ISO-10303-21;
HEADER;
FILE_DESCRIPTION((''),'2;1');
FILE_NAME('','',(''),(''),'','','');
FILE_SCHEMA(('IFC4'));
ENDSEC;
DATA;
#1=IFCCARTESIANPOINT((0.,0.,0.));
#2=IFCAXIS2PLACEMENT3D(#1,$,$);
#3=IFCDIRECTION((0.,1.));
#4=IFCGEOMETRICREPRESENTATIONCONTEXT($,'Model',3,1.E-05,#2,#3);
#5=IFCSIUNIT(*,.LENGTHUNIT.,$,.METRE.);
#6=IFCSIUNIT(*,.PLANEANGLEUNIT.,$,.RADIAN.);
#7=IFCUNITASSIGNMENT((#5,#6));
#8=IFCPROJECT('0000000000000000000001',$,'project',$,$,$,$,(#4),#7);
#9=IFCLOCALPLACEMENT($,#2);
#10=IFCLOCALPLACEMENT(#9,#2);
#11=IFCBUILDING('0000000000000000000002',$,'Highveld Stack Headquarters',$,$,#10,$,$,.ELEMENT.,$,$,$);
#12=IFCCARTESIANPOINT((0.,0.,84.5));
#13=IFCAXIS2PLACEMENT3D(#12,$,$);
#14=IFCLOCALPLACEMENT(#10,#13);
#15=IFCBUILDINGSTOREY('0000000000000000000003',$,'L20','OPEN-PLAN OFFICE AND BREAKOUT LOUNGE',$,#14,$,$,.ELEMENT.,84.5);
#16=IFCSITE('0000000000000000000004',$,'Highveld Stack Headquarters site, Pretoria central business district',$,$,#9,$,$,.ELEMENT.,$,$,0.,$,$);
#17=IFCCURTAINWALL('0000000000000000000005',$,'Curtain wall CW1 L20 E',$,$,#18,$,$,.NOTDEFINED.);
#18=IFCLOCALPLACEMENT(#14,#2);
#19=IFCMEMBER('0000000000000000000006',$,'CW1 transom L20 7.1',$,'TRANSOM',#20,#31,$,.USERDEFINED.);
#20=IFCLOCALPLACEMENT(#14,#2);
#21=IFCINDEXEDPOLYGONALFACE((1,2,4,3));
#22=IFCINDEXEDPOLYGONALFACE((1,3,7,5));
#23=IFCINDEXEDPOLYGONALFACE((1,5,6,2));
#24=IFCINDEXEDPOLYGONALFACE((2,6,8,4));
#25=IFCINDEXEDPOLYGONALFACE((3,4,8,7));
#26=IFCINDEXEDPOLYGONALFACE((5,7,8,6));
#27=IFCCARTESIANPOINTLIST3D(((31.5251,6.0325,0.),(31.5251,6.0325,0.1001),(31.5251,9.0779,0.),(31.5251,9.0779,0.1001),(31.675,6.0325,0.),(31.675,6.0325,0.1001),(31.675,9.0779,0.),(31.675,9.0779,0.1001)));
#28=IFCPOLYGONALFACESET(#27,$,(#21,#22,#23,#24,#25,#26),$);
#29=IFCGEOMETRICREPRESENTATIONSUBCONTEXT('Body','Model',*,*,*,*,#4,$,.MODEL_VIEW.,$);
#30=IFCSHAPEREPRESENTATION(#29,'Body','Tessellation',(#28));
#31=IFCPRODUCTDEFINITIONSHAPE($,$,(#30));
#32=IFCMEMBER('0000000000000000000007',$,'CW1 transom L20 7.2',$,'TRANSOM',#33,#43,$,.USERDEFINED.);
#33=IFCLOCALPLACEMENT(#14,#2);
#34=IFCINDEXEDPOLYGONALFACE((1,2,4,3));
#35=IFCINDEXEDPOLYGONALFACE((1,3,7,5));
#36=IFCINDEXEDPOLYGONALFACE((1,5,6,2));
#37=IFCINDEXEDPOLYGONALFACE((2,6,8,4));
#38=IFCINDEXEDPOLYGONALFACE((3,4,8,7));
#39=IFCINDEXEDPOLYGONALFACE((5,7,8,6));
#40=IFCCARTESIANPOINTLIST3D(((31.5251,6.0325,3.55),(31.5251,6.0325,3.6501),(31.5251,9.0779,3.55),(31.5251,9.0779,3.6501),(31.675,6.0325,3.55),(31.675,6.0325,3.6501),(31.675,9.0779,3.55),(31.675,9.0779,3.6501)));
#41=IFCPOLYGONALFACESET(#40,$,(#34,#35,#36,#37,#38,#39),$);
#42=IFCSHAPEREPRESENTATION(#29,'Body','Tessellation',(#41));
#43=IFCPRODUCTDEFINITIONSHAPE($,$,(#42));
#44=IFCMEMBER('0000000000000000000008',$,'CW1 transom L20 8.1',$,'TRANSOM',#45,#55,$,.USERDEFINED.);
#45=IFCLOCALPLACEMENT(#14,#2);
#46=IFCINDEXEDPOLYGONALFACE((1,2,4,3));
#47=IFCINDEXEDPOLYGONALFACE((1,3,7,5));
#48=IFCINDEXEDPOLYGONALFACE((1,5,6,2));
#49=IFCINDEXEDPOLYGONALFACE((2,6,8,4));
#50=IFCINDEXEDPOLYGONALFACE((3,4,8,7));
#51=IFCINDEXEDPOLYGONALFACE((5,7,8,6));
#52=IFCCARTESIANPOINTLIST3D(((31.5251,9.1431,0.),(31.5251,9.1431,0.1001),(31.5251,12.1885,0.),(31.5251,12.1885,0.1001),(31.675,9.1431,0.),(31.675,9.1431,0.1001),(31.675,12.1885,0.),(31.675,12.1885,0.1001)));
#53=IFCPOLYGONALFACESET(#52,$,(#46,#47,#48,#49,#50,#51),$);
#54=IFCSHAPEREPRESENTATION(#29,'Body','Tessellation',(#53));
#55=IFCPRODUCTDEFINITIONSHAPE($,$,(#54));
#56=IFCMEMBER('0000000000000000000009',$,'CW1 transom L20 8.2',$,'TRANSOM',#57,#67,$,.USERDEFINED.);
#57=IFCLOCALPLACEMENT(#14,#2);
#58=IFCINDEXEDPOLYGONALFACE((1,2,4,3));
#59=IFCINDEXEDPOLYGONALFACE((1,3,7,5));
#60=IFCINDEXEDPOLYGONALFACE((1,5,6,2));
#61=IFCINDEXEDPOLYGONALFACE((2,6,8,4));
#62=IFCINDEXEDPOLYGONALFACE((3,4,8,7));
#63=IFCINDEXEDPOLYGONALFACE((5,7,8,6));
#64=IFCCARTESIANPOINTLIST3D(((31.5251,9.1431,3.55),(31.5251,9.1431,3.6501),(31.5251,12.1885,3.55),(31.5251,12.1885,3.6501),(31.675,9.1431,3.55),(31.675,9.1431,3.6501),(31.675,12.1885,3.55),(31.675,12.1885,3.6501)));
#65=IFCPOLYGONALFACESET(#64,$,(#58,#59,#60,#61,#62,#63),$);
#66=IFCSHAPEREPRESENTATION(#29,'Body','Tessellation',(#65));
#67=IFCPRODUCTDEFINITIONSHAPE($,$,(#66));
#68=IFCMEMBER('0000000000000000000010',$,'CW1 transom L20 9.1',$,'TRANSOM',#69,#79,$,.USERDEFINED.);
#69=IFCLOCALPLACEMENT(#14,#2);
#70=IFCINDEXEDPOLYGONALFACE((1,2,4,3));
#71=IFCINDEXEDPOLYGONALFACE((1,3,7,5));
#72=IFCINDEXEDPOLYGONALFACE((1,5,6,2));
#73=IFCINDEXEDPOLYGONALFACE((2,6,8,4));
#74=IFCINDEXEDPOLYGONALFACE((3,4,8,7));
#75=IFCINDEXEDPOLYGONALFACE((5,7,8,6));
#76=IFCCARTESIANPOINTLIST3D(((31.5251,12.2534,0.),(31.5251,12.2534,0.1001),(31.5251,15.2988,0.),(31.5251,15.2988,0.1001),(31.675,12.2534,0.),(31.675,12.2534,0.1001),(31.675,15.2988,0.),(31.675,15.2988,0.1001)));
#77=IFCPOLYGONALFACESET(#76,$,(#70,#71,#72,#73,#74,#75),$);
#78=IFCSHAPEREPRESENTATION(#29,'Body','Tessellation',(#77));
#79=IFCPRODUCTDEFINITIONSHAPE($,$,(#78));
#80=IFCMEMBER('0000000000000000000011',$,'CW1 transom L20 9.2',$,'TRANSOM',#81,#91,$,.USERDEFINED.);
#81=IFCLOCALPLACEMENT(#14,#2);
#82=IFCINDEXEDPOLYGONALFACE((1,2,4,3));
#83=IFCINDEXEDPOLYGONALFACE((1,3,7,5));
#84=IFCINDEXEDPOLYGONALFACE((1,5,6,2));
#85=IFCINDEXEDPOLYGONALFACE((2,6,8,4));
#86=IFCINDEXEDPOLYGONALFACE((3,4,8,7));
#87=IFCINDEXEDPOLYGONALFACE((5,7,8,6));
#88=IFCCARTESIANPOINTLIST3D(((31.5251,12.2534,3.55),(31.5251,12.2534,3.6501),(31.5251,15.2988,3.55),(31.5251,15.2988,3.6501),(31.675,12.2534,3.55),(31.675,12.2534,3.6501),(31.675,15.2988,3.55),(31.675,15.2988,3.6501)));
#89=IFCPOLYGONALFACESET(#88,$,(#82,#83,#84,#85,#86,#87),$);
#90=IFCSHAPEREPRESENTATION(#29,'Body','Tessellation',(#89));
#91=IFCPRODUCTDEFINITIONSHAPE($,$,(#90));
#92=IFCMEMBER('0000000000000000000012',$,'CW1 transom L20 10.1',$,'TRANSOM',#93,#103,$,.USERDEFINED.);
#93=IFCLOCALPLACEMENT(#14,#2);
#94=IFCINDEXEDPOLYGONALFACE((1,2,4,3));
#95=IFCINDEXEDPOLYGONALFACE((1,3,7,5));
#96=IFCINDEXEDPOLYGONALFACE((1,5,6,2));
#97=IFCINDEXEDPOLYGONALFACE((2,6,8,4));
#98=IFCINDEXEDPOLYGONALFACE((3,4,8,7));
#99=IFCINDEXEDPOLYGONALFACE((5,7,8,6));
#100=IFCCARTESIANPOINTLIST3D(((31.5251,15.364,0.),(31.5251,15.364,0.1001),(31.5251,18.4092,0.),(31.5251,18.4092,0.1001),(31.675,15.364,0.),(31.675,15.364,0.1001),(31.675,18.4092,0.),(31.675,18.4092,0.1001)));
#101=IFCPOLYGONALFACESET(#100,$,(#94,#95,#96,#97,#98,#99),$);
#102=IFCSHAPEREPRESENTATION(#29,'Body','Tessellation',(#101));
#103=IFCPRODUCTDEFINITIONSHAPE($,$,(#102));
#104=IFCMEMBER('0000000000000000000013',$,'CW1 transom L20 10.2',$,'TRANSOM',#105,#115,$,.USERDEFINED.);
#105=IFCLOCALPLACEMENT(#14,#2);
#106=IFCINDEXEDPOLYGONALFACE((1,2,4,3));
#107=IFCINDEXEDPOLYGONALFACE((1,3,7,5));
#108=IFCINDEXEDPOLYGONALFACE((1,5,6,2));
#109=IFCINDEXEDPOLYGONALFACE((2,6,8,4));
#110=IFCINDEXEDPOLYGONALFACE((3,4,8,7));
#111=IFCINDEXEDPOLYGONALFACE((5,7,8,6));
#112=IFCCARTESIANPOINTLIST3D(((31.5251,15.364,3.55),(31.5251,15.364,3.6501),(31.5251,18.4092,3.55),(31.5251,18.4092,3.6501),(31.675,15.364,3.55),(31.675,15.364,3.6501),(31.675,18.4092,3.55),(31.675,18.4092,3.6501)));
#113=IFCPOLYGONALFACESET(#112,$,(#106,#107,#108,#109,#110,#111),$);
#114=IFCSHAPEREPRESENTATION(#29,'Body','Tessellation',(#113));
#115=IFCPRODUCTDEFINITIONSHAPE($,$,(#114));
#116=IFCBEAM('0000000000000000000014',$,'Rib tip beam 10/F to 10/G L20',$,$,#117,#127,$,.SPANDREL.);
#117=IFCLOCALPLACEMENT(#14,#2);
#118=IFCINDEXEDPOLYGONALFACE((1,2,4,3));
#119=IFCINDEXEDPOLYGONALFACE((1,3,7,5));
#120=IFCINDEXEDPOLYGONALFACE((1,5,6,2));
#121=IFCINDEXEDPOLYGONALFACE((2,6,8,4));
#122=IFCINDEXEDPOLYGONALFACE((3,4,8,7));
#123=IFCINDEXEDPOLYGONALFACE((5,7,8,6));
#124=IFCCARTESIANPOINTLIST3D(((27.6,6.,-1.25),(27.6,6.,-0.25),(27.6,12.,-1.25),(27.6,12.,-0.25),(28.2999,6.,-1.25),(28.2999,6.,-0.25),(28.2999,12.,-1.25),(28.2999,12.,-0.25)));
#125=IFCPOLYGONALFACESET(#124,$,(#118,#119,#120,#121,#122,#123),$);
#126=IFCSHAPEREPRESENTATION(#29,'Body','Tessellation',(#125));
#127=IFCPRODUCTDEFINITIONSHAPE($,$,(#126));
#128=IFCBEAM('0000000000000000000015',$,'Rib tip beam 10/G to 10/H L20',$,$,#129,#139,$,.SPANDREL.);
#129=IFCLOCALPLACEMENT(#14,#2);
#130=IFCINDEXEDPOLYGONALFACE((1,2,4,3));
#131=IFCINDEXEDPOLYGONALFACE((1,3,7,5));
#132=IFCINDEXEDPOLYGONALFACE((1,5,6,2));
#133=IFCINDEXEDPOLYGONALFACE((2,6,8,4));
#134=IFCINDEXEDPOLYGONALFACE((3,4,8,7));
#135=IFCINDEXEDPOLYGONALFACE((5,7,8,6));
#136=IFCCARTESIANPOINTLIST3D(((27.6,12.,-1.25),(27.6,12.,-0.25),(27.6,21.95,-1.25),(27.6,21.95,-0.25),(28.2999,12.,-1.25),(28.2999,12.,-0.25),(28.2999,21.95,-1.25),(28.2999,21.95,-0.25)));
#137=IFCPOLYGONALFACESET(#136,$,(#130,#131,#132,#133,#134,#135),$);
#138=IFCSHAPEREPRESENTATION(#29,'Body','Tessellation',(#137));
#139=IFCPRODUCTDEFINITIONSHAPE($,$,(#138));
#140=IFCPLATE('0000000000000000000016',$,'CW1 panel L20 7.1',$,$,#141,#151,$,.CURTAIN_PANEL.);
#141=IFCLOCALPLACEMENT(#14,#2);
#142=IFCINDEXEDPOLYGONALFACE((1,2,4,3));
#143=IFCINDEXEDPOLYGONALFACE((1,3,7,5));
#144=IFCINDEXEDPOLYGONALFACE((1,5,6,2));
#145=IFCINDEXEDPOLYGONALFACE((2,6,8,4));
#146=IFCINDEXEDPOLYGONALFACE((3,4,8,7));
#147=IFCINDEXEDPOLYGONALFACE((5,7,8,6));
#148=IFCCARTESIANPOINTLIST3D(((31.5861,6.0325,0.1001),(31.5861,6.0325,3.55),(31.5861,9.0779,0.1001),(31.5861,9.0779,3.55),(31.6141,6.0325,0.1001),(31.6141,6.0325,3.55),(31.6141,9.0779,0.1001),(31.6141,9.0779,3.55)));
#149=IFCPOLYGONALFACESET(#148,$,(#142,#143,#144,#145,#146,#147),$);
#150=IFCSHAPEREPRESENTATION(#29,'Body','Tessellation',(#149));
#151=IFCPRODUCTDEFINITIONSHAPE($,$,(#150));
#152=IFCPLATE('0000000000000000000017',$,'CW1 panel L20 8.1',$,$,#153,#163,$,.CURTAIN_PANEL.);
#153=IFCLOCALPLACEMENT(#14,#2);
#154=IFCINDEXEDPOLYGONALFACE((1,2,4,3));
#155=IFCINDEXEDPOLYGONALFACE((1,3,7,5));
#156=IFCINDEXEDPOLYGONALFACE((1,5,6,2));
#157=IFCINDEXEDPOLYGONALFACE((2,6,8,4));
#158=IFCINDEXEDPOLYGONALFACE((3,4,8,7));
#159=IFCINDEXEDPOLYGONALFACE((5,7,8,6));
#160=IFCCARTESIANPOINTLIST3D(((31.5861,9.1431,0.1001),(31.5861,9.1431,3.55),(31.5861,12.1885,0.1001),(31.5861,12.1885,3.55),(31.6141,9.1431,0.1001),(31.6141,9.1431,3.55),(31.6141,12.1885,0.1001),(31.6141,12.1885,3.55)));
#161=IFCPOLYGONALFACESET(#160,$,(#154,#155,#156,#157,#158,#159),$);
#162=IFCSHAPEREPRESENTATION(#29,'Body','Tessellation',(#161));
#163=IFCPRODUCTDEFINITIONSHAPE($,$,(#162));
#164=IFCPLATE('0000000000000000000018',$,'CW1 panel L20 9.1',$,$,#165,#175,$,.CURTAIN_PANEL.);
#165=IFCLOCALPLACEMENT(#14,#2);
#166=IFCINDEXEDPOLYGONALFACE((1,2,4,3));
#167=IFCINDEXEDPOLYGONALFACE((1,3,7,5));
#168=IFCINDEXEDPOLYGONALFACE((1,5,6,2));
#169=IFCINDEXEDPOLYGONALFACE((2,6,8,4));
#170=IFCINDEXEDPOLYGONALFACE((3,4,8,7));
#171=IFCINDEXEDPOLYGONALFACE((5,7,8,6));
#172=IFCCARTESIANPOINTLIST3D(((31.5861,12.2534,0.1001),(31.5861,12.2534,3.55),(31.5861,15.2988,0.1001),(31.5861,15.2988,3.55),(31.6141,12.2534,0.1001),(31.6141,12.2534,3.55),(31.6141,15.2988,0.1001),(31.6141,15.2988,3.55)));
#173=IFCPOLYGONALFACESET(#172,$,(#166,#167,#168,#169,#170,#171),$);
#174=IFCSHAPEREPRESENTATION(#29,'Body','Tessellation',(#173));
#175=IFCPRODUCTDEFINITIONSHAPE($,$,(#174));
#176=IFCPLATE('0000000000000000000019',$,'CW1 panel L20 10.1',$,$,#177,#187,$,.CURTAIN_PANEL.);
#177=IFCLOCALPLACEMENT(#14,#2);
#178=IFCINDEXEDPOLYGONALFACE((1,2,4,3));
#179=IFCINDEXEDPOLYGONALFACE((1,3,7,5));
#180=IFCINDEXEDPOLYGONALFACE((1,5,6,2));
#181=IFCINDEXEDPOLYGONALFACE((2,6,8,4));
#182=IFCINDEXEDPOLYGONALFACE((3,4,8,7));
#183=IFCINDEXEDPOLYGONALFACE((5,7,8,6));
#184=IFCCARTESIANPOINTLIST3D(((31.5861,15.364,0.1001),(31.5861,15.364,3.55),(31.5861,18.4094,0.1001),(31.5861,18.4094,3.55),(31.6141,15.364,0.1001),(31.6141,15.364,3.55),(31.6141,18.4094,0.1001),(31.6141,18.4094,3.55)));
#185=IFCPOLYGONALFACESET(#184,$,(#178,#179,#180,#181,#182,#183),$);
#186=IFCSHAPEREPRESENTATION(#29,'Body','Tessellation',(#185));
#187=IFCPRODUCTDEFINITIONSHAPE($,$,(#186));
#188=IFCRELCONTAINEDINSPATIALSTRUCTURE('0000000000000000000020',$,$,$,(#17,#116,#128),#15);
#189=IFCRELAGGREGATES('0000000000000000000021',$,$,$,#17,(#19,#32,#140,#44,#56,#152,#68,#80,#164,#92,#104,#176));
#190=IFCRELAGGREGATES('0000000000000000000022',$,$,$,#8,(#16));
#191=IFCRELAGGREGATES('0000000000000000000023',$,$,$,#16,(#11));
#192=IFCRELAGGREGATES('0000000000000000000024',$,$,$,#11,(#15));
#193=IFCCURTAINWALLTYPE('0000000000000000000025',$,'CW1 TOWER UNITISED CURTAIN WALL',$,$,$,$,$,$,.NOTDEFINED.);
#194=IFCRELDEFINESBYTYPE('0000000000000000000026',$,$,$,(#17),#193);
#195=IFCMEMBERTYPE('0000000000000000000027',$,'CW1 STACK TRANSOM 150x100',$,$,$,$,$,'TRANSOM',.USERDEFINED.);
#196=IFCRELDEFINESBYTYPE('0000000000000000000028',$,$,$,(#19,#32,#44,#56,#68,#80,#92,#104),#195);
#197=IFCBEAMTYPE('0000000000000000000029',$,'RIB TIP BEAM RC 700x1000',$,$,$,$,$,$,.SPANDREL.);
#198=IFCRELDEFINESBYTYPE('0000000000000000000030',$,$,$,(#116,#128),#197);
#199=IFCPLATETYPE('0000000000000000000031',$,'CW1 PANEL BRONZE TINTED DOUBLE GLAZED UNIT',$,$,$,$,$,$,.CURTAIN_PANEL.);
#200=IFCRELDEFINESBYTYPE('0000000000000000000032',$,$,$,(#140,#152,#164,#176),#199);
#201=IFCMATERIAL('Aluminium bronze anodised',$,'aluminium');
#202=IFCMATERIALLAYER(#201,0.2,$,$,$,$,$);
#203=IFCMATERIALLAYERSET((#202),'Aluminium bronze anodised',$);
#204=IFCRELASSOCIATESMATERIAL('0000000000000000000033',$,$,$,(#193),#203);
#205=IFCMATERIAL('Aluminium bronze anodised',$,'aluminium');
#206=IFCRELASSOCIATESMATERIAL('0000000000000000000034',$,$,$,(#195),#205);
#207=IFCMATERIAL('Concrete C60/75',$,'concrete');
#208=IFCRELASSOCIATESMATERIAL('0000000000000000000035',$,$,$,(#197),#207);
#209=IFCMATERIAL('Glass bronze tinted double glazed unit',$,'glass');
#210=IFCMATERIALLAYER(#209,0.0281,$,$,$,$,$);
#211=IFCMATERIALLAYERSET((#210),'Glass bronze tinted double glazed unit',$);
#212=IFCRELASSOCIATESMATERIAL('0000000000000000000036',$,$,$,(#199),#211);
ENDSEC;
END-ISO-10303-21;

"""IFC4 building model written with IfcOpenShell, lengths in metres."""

from ifc_helpers import new_model, si_unit, direction, frame, origin, origin_2d, place, context, subcontext, project, spatial, rectangle, extrude, material, layer, layer_set, material_profile, profile_set, type_object, element, aggregate, save


model = new_model("IFC4")

# Units and contexts
model_context = context("Model", 3, precision=1e-05, world=origin(), true_north=direction((0.0, 1.0)))
body_context = subcontext(model_context, "Body", "Model", "MODEL_VIEW")
ifc_project = project(units=[si_unit("LENGTHUNIT", "METRE"), si_unit("PLANEANGLEUNIT", "RADIAN")], contexts=[model_context])

# Site, building, storey
site_placement = place(None, origin())
site = spatial("IfcSite", under=ifc_project, at=site_placement, Name="Highveld Stack Headquarters site, Pretoria central business district", CompositionType="ELEMENT", RefElevation=0.0)
building_placement = place(site_placement, origin())
building = spatial("IfcBuilding", under=site, at=building_placement, Name="Highveld Stack Headquarters", CompositionType="ELEMENT")
storey_placement = place(building_placement, frame((0.0, 0.0, 84.5)))
storey = spatial("IfcBuildingStorey", under=building, at=storey_placement, Name="L20", Description="OPEN-PLAN OFFICE AND BREAKOUT LOUNGE", CompositionType="ELEMENT", Elevation=84.5)

# Curtain wall, members
ifc_material_1 = material(Name="Aluminium bronze anodised", Category="aluminium")
ifc_layer_1 = layer(ifc_material_1, 0.2)
ifc_layer_set_1 = layer_set([ifc_layer_1], Name="Aluminium bronze anodised")
curtain_wall_type = type_object("IfcCurtainWallType", Name="CW1 TOWER UNITISED CURTAIN WALL", PredefinedType="NOTDEFINED", material=ifc_layer_set_1)
curtain_wall_placement = place(storey_placement, origin())
curtain_wall = element("IfcCurtainWall", 1, at=curtain_wall_placement, inside=storey, type_object=curtain_wall_type, Name="Curtain wall CW1 L20 E", PredefinedType="NOTDEFINED")
ifc_material_2 = material(Name="Aluminium bronze anodised", Category="aluminium")
ifc_material_profile_1 = material_profile(ifc_material_2, rectangle(XDim=0.1499, YDim=0.1001, at=origin_2d()), Name="CW1 TRANSOM 150x100")
ifc_profile_set_1 = profile_set([ifc_material_profile_1], Name="Aluminium bronze anodised")
member_type_1 = type_object("IfcMemberType", Name="CW1 STACK TRANSOM 150x100", ElementType="TRANSOM", PredefinedType="USERDEFINED", material=ifc_profile_set_1)
member_1_placement = place(storey_placement, frame((31.6001, 6.0325, 0.05), z_axis=(0.0, 1.0, 0.0), x_axis=(-1.0, 0.0, 0.0)))
member_1 = element("IfcMember", 2, at=member_1_placement, type_object=member_type_1, Name="CW1 transom L20 7.1", ObjectType="TRANSOM", PredefinedType="USERDEFINED", context=body_context, shape_type="SweptSolid", body=[
    extrude(rectangle(XDim=0.1499, YDim=0.1001, at=origin_2d()), origin(), (0.0, 0.0, 1.0), 3.0454),
])
member_2_placement = place(storey_placement, frame((31.6001, 6.0325, 3.6001), z_axis=(0.0, 1.0, 0.0), x_axis=(-1.0, 0.0, 0.0)))
member_2 = element("IfcMember", 3, at=member_2_placement, type_object=member_type_1, Name="CW1 transom L20 7.2", ObjectType="TRANSOM", PredefinedType="USERDEFINED", context=body_context, shape_type="SweptSolid", body=[
    extrude(rectangle(XDim=0.1499, YDim=0.1001, at=origin_2d()), origin(), (0.0, 0.0, 1.0), 3.0454),
])
member_3_placement = place(storey_placement, frame((31.6001, 9.1431, 0.05), z_axis=(0.0, 1.0, 0.0), x_axis=(-1.0, 0.0, 0.0)))
member_3 = element("IfcMember", 4, at=member_3_placement, type_object=member_type_1, Name="CW1 transom L20 8.1", ObjectType="TRANSOM", PredefinedType="USERDEFINED", context=body_context, shape_type="SweptSolid", body=[
    extrude(rectangle(XDim=0.1499, YDim=0.1001, at=origin_2d()), origin(), (0.0, 0.0, 1.0), 3.0454),
])
member_4_placement = place(storey_placement, frame((31.6001, 9.1431, 3.6001), z_axis=(0.0, 1.0, 0.0), x_axis=(-1.0, 0.0, 0.0)))
member_4 = element("IfcMember", 5, at=member_4_placement, type_object=member_type_1, Name="CW1 transom L20 8.2", ObjectType="TRANSOM", PredefinedType="USERDEFINED", context=body_context, shape_type="SweptSolid", body=[
    extrude(rectangle(XDim=0.1499, YDim=0.1001, at=origin_2d()), origin(), (0.0, 0.0, 1.0), 3.0454),
])
member_5_placement = place(storey_placement, frame((31.6001, 12.2534, 0.05), z_axis=(0.0, 1.0, 0.0), x_axis=(-1.0, 0.0, 0.0)))
member_5 = element("IfcMember", 6, at=member_5_placement, type_object=member_type_1, Name="CW1 transom L20 9.1", ObjectType="TRANSOM", PredefinedType="USERDEFINED", context=body_context, shape_type="SweptSolid", body=[
    extrude(rectangle(XDim=0.1499, YDim=0.1001, at=origin_2d()), origin(), (0.0, 0.0, 1.0), 3.0454),
])
member_6_placement = place(storey_placement, frame((31.6001, 12.2534, 3.6001), z_axis=(0.0, 1.0, 0.0), x_axis=(-1.0, 0.0, 0.0)))
member_6 = element("IfcMember", 7, at=member_6_placement, type_object=member_type_1, Name="CW1 transom L20 9.2", ObjectType="TRANSOM", PredefinedType="USERDEFINED", context=body_context, shape_type="SweptSolid", body=[
    extrude(rectangle(XDim=0.1499, YDim=0.1001, at=origin_2d()), origin(), (0.0, 0.0, 1.0), 3.0454),
])
member_7_placement = place(storey_placement, frame((31.6001, 15.364, 0.05), z_axis=(0.0, 1.0, 0.0), x_axis=(-1.0, 0.0, 0.0)))
member_7 = element("IfcMember", 8, at=member_7_placement, type_object=member_type_1, Name="CW1 transom L20 10.1", ObjectType="TRANSOM", PredefinedType="USERDEFINED", context=body_context, shape_type="SweptSolid", body=[
    extrude(rectangle(XDim=0.1499, YDim=0.1001, at=origin_2d()), origin(), (0.0, 0.0, 1.0), 3.0452),
])
member_8_placement = place(storey_placement, frame((31.6001, 15.364, 3.6001), z_axis=(0.0, 1.0, 0.0), x_axis=(-1.0, 0.0, 0.0)))
member_8 = element("IfcMember", 9, at=member_8_placement, type_object=member_type_1, Name="CW1 transom L20 10.2", ObjectType="TRANSOM", PredefinedType="USERDEFINED", context=body_context, shape_type="SweptSolid", body=[
    extrude(rectangle(XDim=0.1499, YDim=0.1001, at=origin_2d()), origin(), (0.0, 0.0, 1.0), 3.0452),
])

# Beams
ifc_material_3 = material(Name="Concrete C60/75", Category="concrete")
ifc_material_profile_2 = material_profile(ifc_material_3, rectangle(XDim=0.7, YDim=1.0, at=origin_2d()), Name="RC 700x1000")
ifc_profile_set_2 = profile_set([ifc_material_profile_2], Name="Concrete C60/75")
beam_type_1 = type_object("IfcBeamType", Name="RIB TIP BEAM RC 700x1000", PredefinedType="SPANDREL", material=ifc_profile_set_2)
beam_1_placement = place(storey_placement, frame((27.95, 6.0, -0.75), z_axis=(0.0, 1.0, 0.0), x_axis=(-1.0, 0.0, 0.0)))
element("IfcBeam", 10, at=beam_1_placement, inside=storey, type_object=beam_type_1, Name="Rib tip beam 10/F to 10/G L20", PredefinedType="SPANDREL", context=body_context, shape_type="SweptSolid", body=[
    extrude(rectangle(XDim=0.7, YDim=1.0, at=origin_2d()), origin(), (0.0, 0.0, 1.0), 6.0),
])
beam_2_placement = place(storey_placement, frame((27.95, 12.0, -0.75), z_axis=(0.0, 1.0, 0.0), x_axis=(-1.0, 0.0, 0.0)))
element("IfcBeam", 11, at=beam_2_placement, inside=storey, type_object=beam_type_1, Name="Rib tip beam 10/G to 10/H L20", PredefinedType="SPANDREL", context=body_context, shape_type="SweptSolid", body=[
    extrude(rectangle(XDim=0.7, YDim=1.0, at=origin_2d()), origin(), (0.0, 0.0, 1.0), 9.95),
])

# Plates
ifc_material_4 = material(Name="Glass bronze tinted double glazed unit", Category="glass")
ifc_layer_2 = layer(ifc_material_4, 0.0281)
ifc_layer_set_2 = layer_set([ifc_layer_2], Name="Glass bronze tinted double glazed unit")
plate_type = type_object("IfcPlateType", Name="CW1 PANEL BRONZE TINTED DOUBLE GLAZED UNIT", PredefinedType="CURTAIN_PANEL", material=ifc_layer_set_2)
plate_1_placement = place(storey_placement, frame((31.6001, 7.5552, 0.1001), z_axis=(0.0, 0.0, 1.0), x_axis=(0.0, 1.0, 0.0)))
plate_1 = element("IfcPlate", 12, at=plate_1_placement, type_object=plate_type, Name="CW1 panel L20 7.1", PredefinedType="CURTAIN_PANEL", context=body_context, shape_type="SweptSolid", body=[
    extrude(rectangle(XDim=3.0454, YDim=0.0281, at=origin_2d()), origin(), (0.0, 0.0, 1.0), 3.45),
])
plate_2_placement = place(storey_placement, frame((31.6001, 10.6658, 0.1001), z_axis=(0.0, 0.0, 1.0), x_axis=(0.0, 1.0, 0.0)))
plate_2 = element("IfcPlate", 13, at=plate_2_placement, type_object=plate_type, Name="CW1 panel L20 8.1", PredefinedType="CURTAIN_PANEL", context=body_context, shape_type="SweptSolid", body=[
    extrude(rectangle(XDim=3.0454, YDim=0.0281, at=origin_2d()), origin(), (0.0, 0.0, 1.0), 3.45),
])
plate_3_placement = place(storey_placement, frame((31.6001, 13.7761, 0.1001), z_axis=(0.0, 0.0, 1.0), x_axis=(0.0, 1.0, 0.0)))
plate_3 = element("IfcPlate", 14, at=plate_3_placement, type_object=plate_type, Name="CW1 panel L20 9.1", PredefinedType="CURTAIN_PANEL", context=body_context, shape_type="SweptSolid", body=[
    extrude(rectangle(XDim=3.0454, YDim=0.0281, at=origin_2d()), origin(), (0.0, 0.0, 1.0), 3.45),
])
plate_4_placement = place(storey_placement, frame((31.6001, 16.8867, 0.1001), z_axis=(0.0, 0.0, 1.0), x_axis=(0.0, 1.0, 0.0)))
plate_4 = element("IfcPlate", 15, at=plate_4_placement, type_object=plate_type, Name="CW1 panel L20 10.1", PredefinedType="CURTAIN_PANEL", context=body_context, shape_type="SweptSolid", body=[
    extrude(rectangle(XDim=3.0454, YDim=0.0281, at=origin_2d()), origin(), (0.0, 0.0, 1.0), 3.45),
])
aggregate(curtain_wall, [member_1, member_2, plate_1, member_3, member_4, plate_2, member_5, member_6, plate_3, member_7, member_8, plate_4])

save(model, "model.ifc")
